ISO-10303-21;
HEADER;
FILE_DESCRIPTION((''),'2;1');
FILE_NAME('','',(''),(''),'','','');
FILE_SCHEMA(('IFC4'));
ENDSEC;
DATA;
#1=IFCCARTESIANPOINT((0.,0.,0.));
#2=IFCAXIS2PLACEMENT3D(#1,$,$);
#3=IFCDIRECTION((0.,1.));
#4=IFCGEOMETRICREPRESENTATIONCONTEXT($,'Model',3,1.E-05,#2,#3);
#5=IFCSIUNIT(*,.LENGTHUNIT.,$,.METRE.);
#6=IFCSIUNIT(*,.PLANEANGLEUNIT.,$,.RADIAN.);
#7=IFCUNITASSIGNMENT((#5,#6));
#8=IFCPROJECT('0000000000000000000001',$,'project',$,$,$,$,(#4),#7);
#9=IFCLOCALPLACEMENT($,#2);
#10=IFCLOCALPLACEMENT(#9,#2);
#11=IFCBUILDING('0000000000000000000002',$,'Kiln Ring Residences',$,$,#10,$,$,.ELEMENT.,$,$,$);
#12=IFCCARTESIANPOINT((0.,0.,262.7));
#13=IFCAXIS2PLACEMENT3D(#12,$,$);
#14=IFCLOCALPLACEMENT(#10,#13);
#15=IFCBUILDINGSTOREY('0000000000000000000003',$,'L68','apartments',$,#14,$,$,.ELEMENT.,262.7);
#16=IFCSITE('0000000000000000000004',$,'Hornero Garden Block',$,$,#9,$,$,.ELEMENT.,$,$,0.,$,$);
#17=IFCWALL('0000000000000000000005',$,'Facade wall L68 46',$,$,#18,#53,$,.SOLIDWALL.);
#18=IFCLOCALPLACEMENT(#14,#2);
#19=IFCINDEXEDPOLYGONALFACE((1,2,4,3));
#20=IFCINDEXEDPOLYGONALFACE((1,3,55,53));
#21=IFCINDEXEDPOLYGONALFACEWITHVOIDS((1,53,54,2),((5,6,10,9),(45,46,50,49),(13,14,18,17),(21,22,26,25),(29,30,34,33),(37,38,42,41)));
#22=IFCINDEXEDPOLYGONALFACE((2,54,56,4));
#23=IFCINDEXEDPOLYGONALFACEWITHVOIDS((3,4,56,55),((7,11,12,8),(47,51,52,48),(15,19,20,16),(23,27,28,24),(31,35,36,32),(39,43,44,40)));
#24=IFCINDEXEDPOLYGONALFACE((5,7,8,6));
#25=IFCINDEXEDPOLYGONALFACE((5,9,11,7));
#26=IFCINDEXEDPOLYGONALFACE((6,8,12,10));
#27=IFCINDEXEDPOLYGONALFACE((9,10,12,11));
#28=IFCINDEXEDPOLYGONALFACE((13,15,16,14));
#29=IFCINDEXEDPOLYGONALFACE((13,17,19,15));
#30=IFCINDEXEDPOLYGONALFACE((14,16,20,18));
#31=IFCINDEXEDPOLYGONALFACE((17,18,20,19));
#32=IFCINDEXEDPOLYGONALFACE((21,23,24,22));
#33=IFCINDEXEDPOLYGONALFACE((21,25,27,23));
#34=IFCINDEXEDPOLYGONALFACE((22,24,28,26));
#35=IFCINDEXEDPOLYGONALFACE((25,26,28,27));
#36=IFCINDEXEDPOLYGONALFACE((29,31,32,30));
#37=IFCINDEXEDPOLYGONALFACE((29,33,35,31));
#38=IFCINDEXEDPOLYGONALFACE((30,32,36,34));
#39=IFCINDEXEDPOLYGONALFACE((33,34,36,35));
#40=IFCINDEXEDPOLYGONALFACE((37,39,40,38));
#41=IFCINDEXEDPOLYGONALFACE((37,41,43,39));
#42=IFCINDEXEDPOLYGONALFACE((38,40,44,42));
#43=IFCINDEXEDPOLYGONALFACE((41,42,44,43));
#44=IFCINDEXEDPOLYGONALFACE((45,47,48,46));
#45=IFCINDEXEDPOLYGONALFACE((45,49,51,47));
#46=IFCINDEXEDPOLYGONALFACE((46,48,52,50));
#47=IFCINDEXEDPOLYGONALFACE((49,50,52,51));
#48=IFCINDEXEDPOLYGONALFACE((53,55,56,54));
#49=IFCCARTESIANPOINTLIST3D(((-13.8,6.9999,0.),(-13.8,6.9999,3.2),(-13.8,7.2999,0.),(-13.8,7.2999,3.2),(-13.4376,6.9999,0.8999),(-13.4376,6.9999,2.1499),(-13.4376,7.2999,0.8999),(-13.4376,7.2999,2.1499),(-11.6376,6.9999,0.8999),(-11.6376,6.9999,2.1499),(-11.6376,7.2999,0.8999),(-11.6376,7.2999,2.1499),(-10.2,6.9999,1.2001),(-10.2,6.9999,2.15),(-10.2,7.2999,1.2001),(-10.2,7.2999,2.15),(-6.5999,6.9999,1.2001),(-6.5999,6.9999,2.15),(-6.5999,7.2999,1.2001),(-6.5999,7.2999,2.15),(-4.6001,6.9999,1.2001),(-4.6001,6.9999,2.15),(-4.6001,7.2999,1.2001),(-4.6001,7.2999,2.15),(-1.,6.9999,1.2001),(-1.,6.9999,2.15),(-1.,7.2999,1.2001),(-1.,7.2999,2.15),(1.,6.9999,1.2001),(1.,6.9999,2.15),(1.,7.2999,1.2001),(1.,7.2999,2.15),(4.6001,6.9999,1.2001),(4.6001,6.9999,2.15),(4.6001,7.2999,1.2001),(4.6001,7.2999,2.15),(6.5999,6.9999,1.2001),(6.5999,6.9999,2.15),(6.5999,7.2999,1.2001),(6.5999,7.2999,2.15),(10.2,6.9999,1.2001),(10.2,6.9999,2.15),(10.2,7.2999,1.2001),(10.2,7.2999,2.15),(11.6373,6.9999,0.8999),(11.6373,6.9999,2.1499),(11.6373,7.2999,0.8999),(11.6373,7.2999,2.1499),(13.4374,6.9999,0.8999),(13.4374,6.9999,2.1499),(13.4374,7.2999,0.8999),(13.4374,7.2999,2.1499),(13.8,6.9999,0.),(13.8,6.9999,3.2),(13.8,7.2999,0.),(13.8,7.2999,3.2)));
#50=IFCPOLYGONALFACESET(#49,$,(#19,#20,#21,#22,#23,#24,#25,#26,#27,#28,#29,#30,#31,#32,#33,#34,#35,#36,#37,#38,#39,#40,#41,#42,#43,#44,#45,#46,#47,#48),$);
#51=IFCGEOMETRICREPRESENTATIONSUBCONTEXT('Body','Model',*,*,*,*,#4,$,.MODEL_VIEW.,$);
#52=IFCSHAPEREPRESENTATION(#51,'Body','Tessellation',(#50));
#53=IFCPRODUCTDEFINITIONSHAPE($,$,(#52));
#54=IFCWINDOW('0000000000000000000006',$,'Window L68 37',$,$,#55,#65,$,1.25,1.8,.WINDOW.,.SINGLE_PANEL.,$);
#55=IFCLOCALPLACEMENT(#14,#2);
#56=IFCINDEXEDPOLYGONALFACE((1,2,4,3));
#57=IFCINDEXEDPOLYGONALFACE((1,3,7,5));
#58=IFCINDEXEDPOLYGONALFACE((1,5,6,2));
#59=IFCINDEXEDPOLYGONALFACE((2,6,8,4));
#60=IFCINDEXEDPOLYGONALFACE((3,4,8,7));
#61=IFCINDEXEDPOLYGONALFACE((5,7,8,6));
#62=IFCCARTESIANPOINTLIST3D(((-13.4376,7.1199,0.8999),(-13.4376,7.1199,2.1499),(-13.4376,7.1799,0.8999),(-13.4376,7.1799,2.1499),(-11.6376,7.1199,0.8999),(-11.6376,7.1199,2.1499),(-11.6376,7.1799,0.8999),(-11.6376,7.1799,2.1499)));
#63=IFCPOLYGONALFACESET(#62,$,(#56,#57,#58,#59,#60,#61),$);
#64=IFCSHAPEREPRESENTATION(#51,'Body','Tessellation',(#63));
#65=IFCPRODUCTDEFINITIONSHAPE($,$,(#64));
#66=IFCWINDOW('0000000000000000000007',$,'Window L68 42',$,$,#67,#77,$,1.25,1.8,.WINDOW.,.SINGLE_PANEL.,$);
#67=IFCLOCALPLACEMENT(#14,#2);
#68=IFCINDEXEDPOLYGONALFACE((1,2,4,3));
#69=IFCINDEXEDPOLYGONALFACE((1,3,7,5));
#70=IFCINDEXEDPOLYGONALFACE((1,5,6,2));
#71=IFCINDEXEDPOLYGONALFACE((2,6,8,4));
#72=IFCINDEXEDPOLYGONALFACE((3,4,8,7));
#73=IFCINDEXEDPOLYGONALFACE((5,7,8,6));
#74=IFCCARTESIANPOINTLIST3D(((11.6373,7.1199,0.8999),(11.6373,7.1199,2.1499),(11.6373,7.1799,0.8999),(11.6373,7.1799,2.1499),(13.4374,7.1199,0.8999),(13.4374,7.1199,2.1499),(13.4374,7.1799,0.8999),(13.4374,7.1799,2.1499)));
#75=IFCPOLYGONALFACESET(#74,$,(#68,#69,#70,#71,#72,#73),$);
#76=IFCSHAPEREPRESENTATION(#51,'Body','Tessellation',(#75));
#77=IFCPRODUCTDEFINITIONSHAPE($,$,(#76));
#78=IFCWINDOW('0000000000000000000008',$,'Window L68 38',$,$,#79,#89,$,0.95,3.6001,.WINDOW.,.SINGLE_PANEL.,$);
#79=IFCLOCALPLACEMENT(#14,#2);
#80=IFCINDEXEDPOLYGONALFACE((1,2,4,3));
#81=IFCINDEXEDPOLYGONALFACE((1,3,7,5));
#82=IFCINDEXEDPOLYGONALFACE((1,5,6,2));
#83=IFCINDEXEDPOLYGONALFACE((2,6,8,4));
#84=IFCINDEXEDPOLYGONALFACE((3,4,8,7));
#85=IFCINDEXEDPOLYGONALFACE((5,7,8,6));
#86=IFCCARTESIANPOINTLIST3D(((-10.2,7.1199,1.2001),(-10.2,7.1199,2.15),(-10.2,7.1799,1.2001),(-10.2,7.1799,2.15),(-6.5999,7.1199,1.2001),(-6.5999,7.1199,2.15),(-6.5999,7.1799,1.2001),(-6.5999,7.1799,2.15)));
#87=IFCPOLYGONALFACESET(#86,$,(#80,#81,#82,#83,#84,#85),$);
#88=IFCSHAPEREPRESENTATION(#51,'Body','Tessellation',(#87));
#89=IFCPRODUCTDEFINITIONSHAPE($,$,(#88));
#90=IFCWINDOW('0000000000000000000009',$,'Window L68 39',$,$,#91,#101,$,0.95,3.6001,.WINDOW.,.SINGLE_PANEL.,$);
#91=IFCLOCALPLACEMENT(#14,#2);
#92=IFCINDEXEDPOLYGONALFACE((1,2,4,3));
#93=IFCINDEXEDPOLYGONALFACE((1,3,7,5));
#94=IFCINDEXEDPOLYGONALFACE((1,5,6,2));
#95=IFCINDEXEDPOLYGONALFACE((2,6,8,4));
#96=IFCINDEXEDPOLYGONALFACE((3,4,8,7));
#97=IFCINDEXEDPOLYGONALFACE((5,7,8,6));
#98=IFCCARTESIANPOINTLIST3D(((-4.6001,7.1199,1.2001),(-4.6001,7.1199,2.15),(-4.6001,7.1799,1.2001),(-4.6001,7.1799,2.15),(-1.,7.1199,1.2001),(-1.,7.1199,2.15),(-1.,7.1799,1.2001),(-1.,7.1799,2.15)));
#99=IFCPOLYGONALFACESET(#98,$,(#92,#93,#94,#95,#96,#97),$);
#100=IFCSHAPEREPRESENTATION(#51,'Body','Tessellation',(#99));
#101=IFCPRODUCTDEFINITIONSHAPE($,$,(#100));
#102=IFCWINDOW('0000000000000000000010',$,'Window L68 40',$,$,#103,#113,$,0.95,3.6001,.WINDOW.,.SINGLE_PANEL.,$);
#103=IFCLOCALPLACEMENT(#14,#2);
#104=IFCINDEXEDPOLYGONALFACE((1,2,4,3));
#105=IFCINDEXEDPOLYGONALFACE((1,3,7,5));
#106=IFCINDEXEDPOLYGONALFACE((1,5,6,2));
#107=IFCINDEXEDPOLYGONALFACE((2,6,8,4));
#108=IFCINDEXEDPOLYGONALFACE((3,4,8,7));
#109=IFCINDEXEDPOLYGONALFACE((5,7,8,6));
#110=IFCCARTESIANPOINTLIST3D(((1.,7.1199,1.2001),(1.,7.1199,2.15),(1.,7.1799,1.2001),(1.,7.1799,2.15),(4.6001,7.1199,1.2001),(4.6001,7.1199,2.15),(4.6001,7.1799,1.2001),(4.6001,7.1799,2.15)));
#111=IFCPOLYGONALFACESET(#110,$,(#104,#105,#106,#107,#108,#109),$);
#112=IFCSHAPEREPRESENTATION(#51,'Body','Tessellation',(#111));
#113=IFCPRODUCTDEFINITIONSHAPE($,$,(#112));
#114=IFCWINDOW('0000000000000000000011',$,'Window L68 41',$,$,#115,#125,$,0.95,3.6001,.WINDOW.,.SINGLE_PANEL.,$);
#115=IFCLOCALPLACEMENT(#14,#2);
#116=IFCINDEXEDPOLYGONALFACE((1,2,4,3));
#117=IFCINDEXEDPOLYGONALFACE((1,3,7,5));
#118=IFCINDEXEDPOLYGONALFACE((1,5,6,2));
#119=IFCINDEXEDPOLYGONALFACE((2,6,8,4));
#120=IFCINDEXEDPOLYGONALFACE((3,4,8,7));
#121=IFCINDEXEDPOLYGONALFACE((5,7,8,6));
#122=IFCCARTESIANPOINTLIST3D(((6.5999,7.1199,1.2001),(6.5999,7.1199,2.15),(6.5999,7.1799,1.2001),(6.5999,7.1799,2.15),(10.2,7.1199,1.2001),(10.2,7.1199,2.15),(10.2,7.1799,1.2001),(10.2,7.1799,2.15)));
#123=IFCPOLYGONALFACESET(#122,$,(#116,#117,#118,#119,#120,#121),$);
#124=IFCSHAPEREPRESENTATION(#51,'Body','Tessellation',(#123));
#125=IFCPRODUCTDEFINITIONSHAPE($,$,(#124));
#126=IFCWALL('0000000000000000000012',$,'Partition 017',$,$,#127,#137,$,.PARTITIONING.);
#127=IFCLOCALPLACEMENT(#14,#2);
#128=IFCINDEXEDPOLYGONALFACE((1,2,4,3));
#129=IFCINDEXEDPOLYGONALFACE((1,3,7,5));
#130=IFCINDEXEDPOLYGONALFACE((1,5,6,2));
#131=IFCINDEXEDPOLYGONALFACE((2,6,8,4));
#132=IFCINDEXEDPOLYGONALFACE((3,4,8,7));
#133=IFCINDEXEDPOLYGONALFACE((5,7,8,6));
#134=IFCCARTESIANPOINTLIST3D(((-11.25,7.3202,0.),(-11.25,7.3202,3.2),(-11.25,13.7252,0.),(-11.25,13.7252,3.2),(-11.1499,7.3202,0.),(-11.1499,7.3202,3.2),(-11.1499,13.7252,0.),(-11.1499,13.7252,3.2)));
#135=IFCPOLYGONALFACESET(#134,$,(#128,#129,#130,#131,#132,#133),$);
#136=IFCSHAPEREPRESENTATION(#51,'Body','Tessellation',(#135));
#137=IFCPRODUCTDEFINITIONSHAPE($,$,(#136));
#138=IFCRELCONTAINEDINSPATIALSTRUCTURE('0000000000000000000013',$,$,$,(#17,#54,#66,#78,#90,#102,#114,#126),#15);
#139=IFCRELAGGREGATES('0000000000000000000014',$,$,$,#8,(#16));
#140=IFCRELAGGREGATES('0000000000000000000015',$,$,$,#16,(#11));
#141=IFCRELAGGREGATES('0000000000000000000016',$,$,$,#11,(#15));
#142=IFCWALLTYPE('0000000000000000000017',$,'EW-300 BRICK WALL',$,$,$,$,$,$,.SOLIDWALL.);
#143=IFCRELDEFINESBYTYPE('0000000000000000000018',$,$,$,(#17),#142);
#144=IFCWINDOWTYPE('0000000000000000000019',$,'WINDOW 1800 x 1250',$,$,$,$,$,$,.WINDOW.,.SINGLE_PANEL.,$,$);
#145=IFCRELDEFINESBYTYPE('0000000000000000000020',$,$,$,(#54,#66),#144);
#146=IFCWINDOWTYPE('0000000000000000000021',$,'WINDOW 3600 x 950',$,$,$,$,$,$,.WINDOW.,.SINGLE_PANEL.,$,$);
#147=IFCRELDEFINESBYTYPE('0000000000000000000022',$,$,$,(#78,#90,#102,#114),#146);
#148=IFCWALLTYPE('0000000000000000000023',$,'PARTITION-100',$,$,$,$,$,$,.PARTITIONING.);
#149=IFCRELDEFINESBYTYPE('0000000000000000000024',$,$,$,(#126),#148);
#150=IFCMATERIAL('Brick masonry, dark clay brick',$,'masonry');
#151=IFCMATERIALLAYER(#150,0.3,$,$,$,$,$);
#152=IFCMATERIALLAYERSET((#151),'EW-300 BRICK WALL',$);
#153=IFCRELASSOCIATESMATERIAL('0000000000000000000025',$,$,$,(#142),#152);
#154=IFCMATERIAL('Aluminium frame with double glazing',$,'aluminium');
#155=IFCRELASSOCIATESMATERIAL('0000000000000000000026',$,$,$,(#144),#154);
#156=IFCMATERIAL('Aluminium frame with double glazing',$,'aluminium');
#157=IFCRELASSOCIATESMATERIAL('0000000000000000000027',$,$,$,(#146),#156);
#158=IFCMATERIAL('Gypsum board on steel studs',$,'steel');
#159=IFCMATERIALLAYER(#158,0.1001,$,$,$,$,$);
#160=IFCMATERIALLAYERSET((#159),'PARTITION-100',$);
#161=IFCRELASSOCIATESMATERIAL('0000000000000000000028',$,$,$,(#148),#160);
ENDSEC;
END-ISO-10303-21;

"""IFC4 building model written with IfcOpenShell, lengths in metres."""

from ifc_helpers import new_model, si_unit, direction, frame, frame_2d, origin, place, context, subcontext, project, spatial, rectangle, extrude, material, layer, layer_set, type_object, element, fill, save


model = new_model("IFC4")

# Units and contexts
model_context = context("Model", 3, precision=1e-05, world=origin(), true_north=direction((0.0, 1.0)))
body_context = subcontext(model_context, "Body", "Model", "MODEL_VIEW")
ifc_project = project(units=[si_unit("LENGTHUNIT", "METRE"), si_unit("PLANEANGLEUNIT", "RADIAN")], contexts=[model_context])

# Site, building, storey
site_placement = place(None, origin())
site = spatial("IfcSite", under=ifc_project, at=site_placement, Name="Hornero Garden Block", CompositionType="ELEMENT", RefElevation=0.0)
building_placement = place(site_placement, origin())
building = spatial("IfcBuilding", under=site, at=building_placement, Name="Kiln Ring Residences", CompositionType="ELEMENT")
storey_placement = place(building_placement, frame((0.0, 0.0, 262.7)))
storey = spatial("IfcBuildingStorey", under=building, at=storey_placement, Name="L68", Description="apartments", CompositionType="ELEMENT", Elevation=262.7)

# Wall, openings, windows
ifc_material_1 = material(Name="Brick masonry, dark clay brick", Category="masonry")
ifc_layer_1 = layer(ifc_material_1, 0.3)
ifc_layer_set_1 = layer_set([ifc_layer_1], Name="EW-300 BRICK WALL")
wall_type_1 = type_object("IfcWallType", Name="EW-300 BRICK WALL", PredefinedType="SOLIDWALL", material=ifc_layer_set_1)
wall_1_placement = place(storey_placement, frame((-13.8, 7.1499, 0.0), z_axis=(0.0, 0.0, 1.0), x_axis=(1.0, 0.0, 0.0)))
wall_1 = element("IfcWall", 1, at=wall_1_placement, inside=storey, type_object=wall_type_1, Name="Facade wall L68 46", PredefinedType="SOLIDWALL", context=body_context, shape_type="SweptSolid", body=[
    extrude(rectangle(XDim=27.6001, YDim=0.3, at=frame_2d((13.8, 0.0))), origin(), (0.0, 0.0, 1.0), 3.2),
])
opening_1_placement = place(wall_1_placement, frame((0.3625, 0.0, 0.8999)))
opening_1 = element("IfcOpeningElement", 2, at=opening_1_placement, cuts=wall_1, PredefinedType="OPENING", context=body_context, shape_type="SweptSolid", body=[
    extrude(rectangle(XDim=1.8, YDim=1.25, at=frame_2d((0.8999, 0.625))), frame((0.0, 0.1599, 0.0), z_axis=(0.0, -1.0, 0.0), x_axis=(1.0, 0.0, 0.0)), (0.0, 0.0, 1.0), 0.3201),
])
opening_2_placement = place(wall_1_placement, frame((3.6001, 0.0, 1.2)))
opening_2 = element("IfcOpeningElement", 3, at=opening_2_placement, cuts=wall_1, PredefinedType="OPENING", context=body_context, shape_type="SweptSolid", body=[
    extrude(rectangle(XDim=3.6001, YDim=0.95, at=frame_2d((1.8, 0.4751))), frame((0.0, 0.1599, 0.0), z_axis=(0.0, -1.0, 0.0), x_axis=(1.0, 0.0, 0.0)), (0.0, 0.0, 1.0), 0.3201),
])
opening_3_placement = place(wall_1_placement, frame((9.2, 0.0, 1.2)))
opening_3 = element("IfcOpeningElement", 4, at=opening_3_placement, cuts=wall_1, PredefinedType="OPENING", context=body_context, shape_type="SweptSolid", body=[
    extrude(rectangle(XDim=3.6001, YDim=0.95, at=frame_2d((1.8, 0.4751))), frame((0.0, 0.1599, 0.0), z_axis=(0.0, -1.0, 0.0), x_axis=(1.0, 0.0, 0.0)), (0.0, 0.0, 1.0), 0.3201),
])
opening_4_placement = place(wall_1_placement, frame((14.8, 0.0, 1.2)))
opening_4 = element("IfcOpeningElement", 5, at=opening_4_placement, cuts=wall_1, PredefinedType="OPENING", context=body_context, shape_type="SweptSolid", body=[
    extrude(rectangle(XDim=3.6001, YDim=0.95, at=frame_2d((1.8, 0.4751))), frame((0.0, 0.1599, 0.0), z_axis=(0.0, -1.0, 0.0), x_axis=(1.0, 0.0, 0.0)), (0.0, 0.0, 1.0), 0.3201),
])
opening_5_placement = place(wall_1_placement, frame((20.3999, 0.0, 1.2)))
opening_5 = element("IfcOpeningElement", 6, at=opening_5_placement, cuts=wall_1, PredefinedType="OPENING", context=body_context, shape_type="SweptSolid", body=[
    extrude(rectangle(XDim=3.6001, YDim=0.95, at=frame_2d((1.8, 0.4751))), frame((0.0, 0.1599, 0.0), z_axis=(0.0, -1.0, 0.0), x_axis=(1.0, 0.0, 0.0)), (0.0, 0.0, 1.0), 0.3201),
])
opening_6_placement = place(wall_1_placement, frame((25.4375, 0.0, 0.8999)))
opening_6 = element("IfcOpeningElement", 7, at=opening_6_placement, cuts=wall_1, PredefinedType="OPENING", context=body_context, shape_type="SweptSolid", body=[
    extrude(rectangle(XDim=1.8, YDim=1.25, at=frame_2d((0.8999, 0.625))), frame((0.0, 0.1599, 0.0), z_axis=(0.0, -1.0, 0.0), x_axis=(1.0, 0.0, 0.0)), (0.0, 0.0, 1.0), 0.3201),
])
ifc_material_2 = material(Name="Aluminium frame with double glazing", Category="aluminium")
window_type_1 = type_object("IfcWindowType", Name="WINDOW 1800 x 1250", PartitioningType="SINGLE_PANEL", PredefinedType="WINDOW", material=ifc_material_2)
window_1_placement = place(opening_1_placement, origin())
window_1 = element("IfcWindow", 8, at=window_1_placement, inside=storey, type_object=window_type_1, Name="Window L68 37", OverallHeight=1.25, OverallWidth=1.8, PartitioningType="SINGLE_PANEL", PredefinedType="WINDOW", context=body_context, shape_type="SweptSolid", body=[
    extrude(rectangle(XDim=1.8, YDim=1.25, at=frame_2d((0.8999, 0.625))), frame((0.0, 0.03, 0.0), z_axis=(0.0, -1.0, 0.0), x_axis=(1.0, 0.0, 0.0)), (0.0, 0.0, 1.0), 0.0601),
])
fill(opening_1, window_1)
window_2_placement = place(opening_6_placement, origin())
window_2 = element("IfcWindow", 9, at=window_2_placement, inside=storey, type_object=window_type_1, Name="Window L68 42", OverallHeight=1.25, OverallWidth=1.8, PartitioningType="SINGLE_PANEL", PredefinedType="WINDOW", context=body_context, shape_type="SweptSolid", body=[
    extrude(rectangle(XDim=1.8, YDim=1.25, at=frame_2d((0.8999, 0.625))), frame((0.0, 0.03, 0.0), z_axis=(0.0, -1.0, 0.0), x_axis=(1.0, 0.0, 0.0)), (0.0, 0.0, 1.0), 0.0601),
])
fill(opening_6, window_2)
ifc_material_3 = material(Name="Aluminium frame with double glazing", Category="aluminium")
window_type_2 = type_object("IfcWindowType", Name="WINDOW 3600 x 950", PartitioningType="SINGLE_PANEL", PredefinedType="WINDOW", material=ifc_material_3)
window_3_placement = place(opening_2_placement, origin())
window_3 = element("IfcWindow", 10, at=window_3_placement, inside=storey, type_object=window_type_2, Name="Window L68 38", OverallHeight=0.95, OverallWidth=3.6001, PartitioningType="SINGLE_PANEL", PredefinedType="WINDOW", context=body_context, shape_type="SweptSolid", body=[
    extrude(rectangle(XDim=3.6001, YDim=0.95, at=frame_2d((1.8, 0.4751))), frame((0.0, 0.03, 0.0), z_axis=(0.0, -1.0, 0.0), x_axis=(1.0, 0.0, 0.0)), (0.0, 0.0, 1.0), 0.0601),
])
fill(opening_2, window_3)
window_4_placement = place(opening_3_placement, origin())
window_4 = element("IfcWindow", 11, at=window_4_placement, inside=storey, type_object=window_type_2, Name="Window L68 39", OverallHeight=0.95, OverallWidth=3.6001, PartitioningType="SINGLE_PANEL", PredefinedType="WINDOW", context=body_context, shape_type="SweptSolid", body=[
    extrude(rectangle(XDim=3.6001, YDim=0.95, at=frame_2d((1.8, 0.4751))), frame((0.0, 0.03, 0.0), z_axis=(0.0, -1.0, 0.0), x_axis=(1.0, 0.0, 0.0)), (0.0, 0.0, 1.0), 0.0601),
])
fill(opening_3, window_4)
window_5_placement = place(opening_4_placement, origin())
window_5 = element("IfcWindow", 12, at=window_5_placement, inside=storey, type_object=window_type_2, Name="Window L68 40", OverallHeight=0.95, OverallWidth=3.6001, PartitioningType="SINGLE_PANEL", PredefinedType="WINDOW", context=body_context, shape_type="SweptSolid", body=[
    extrude(rectangle(XDim=3.6001, YDim=0.95, at=frame_2d((1.8, 0.4751))), frame((0.0, 0.03, 0.0), z_axis=(0.0, -1.0, 0.0), x_axis=(1.0, 0.0, 0.0)), (0.0, 0.0, 1.0), 0.0601),
])
fill(opening_4, window_5)
window_6_placement = place(opening_5_placement, origin())
window_6 = element("IfcWindow", 13, at=window_6_placement, inside=storey, type_object=window_type_2, Name="Window L68 41", OverallHeight=0.95, OverallWidth=3.6001, PartitioningType="SINGLE_PANEL", PredefinedType="WINDOW", context=body_context, shape_type="SweptSolid", body=[
    extrude(rectangle(XDim=3.6001, YDim=0.95, at=frame_2d((1.8, 0.4751))), frame((0.0, 0.03, 0.0), z_axis=(0.0, -1.0, 0.0), x_axis=(1.0, 0.0, 0.0)), (0.0, 0.0, 1.0), 0.0601),
])
fill(opening_5, window_6)

# Wall
ifc_material_4 = material(Name="Gypsum board on steel studs", Category="steel")
ifc_layer_2 = layer(ifc_material_4, 0.1001)
ifc_layer_set_2 = layer_set([ifc_layer_2], Name="PARTITION-100")
wall_type_2 = type_object("IfcWallType", Name="PARTITION-100", PredefinedType="PARTITIONING", material=ifc_layer_set_2)
wall_2_placement = place(storey_placement, frame((-11.2, 7.3201, 0.0), z_axis=(0.0, 0.0, 1.0), x_axis=(0.0, 1.0, 0.0)))
element("IfcWall", 14, at=wall_2_placement, inside=storey, type_object=wall_type_2, Name="Partition 017", PredefinedType="PARTITIONING", context=body_context, shape_type="SweptSolid", body=[
    extrude(rectangle(XDim=6.405, YDim=0.1001, at=frame_2d((3.2026, 0.0))), origin(), (0.0, 0.0, 1.0), 3.2),
])

save(model, "model.ifc")
